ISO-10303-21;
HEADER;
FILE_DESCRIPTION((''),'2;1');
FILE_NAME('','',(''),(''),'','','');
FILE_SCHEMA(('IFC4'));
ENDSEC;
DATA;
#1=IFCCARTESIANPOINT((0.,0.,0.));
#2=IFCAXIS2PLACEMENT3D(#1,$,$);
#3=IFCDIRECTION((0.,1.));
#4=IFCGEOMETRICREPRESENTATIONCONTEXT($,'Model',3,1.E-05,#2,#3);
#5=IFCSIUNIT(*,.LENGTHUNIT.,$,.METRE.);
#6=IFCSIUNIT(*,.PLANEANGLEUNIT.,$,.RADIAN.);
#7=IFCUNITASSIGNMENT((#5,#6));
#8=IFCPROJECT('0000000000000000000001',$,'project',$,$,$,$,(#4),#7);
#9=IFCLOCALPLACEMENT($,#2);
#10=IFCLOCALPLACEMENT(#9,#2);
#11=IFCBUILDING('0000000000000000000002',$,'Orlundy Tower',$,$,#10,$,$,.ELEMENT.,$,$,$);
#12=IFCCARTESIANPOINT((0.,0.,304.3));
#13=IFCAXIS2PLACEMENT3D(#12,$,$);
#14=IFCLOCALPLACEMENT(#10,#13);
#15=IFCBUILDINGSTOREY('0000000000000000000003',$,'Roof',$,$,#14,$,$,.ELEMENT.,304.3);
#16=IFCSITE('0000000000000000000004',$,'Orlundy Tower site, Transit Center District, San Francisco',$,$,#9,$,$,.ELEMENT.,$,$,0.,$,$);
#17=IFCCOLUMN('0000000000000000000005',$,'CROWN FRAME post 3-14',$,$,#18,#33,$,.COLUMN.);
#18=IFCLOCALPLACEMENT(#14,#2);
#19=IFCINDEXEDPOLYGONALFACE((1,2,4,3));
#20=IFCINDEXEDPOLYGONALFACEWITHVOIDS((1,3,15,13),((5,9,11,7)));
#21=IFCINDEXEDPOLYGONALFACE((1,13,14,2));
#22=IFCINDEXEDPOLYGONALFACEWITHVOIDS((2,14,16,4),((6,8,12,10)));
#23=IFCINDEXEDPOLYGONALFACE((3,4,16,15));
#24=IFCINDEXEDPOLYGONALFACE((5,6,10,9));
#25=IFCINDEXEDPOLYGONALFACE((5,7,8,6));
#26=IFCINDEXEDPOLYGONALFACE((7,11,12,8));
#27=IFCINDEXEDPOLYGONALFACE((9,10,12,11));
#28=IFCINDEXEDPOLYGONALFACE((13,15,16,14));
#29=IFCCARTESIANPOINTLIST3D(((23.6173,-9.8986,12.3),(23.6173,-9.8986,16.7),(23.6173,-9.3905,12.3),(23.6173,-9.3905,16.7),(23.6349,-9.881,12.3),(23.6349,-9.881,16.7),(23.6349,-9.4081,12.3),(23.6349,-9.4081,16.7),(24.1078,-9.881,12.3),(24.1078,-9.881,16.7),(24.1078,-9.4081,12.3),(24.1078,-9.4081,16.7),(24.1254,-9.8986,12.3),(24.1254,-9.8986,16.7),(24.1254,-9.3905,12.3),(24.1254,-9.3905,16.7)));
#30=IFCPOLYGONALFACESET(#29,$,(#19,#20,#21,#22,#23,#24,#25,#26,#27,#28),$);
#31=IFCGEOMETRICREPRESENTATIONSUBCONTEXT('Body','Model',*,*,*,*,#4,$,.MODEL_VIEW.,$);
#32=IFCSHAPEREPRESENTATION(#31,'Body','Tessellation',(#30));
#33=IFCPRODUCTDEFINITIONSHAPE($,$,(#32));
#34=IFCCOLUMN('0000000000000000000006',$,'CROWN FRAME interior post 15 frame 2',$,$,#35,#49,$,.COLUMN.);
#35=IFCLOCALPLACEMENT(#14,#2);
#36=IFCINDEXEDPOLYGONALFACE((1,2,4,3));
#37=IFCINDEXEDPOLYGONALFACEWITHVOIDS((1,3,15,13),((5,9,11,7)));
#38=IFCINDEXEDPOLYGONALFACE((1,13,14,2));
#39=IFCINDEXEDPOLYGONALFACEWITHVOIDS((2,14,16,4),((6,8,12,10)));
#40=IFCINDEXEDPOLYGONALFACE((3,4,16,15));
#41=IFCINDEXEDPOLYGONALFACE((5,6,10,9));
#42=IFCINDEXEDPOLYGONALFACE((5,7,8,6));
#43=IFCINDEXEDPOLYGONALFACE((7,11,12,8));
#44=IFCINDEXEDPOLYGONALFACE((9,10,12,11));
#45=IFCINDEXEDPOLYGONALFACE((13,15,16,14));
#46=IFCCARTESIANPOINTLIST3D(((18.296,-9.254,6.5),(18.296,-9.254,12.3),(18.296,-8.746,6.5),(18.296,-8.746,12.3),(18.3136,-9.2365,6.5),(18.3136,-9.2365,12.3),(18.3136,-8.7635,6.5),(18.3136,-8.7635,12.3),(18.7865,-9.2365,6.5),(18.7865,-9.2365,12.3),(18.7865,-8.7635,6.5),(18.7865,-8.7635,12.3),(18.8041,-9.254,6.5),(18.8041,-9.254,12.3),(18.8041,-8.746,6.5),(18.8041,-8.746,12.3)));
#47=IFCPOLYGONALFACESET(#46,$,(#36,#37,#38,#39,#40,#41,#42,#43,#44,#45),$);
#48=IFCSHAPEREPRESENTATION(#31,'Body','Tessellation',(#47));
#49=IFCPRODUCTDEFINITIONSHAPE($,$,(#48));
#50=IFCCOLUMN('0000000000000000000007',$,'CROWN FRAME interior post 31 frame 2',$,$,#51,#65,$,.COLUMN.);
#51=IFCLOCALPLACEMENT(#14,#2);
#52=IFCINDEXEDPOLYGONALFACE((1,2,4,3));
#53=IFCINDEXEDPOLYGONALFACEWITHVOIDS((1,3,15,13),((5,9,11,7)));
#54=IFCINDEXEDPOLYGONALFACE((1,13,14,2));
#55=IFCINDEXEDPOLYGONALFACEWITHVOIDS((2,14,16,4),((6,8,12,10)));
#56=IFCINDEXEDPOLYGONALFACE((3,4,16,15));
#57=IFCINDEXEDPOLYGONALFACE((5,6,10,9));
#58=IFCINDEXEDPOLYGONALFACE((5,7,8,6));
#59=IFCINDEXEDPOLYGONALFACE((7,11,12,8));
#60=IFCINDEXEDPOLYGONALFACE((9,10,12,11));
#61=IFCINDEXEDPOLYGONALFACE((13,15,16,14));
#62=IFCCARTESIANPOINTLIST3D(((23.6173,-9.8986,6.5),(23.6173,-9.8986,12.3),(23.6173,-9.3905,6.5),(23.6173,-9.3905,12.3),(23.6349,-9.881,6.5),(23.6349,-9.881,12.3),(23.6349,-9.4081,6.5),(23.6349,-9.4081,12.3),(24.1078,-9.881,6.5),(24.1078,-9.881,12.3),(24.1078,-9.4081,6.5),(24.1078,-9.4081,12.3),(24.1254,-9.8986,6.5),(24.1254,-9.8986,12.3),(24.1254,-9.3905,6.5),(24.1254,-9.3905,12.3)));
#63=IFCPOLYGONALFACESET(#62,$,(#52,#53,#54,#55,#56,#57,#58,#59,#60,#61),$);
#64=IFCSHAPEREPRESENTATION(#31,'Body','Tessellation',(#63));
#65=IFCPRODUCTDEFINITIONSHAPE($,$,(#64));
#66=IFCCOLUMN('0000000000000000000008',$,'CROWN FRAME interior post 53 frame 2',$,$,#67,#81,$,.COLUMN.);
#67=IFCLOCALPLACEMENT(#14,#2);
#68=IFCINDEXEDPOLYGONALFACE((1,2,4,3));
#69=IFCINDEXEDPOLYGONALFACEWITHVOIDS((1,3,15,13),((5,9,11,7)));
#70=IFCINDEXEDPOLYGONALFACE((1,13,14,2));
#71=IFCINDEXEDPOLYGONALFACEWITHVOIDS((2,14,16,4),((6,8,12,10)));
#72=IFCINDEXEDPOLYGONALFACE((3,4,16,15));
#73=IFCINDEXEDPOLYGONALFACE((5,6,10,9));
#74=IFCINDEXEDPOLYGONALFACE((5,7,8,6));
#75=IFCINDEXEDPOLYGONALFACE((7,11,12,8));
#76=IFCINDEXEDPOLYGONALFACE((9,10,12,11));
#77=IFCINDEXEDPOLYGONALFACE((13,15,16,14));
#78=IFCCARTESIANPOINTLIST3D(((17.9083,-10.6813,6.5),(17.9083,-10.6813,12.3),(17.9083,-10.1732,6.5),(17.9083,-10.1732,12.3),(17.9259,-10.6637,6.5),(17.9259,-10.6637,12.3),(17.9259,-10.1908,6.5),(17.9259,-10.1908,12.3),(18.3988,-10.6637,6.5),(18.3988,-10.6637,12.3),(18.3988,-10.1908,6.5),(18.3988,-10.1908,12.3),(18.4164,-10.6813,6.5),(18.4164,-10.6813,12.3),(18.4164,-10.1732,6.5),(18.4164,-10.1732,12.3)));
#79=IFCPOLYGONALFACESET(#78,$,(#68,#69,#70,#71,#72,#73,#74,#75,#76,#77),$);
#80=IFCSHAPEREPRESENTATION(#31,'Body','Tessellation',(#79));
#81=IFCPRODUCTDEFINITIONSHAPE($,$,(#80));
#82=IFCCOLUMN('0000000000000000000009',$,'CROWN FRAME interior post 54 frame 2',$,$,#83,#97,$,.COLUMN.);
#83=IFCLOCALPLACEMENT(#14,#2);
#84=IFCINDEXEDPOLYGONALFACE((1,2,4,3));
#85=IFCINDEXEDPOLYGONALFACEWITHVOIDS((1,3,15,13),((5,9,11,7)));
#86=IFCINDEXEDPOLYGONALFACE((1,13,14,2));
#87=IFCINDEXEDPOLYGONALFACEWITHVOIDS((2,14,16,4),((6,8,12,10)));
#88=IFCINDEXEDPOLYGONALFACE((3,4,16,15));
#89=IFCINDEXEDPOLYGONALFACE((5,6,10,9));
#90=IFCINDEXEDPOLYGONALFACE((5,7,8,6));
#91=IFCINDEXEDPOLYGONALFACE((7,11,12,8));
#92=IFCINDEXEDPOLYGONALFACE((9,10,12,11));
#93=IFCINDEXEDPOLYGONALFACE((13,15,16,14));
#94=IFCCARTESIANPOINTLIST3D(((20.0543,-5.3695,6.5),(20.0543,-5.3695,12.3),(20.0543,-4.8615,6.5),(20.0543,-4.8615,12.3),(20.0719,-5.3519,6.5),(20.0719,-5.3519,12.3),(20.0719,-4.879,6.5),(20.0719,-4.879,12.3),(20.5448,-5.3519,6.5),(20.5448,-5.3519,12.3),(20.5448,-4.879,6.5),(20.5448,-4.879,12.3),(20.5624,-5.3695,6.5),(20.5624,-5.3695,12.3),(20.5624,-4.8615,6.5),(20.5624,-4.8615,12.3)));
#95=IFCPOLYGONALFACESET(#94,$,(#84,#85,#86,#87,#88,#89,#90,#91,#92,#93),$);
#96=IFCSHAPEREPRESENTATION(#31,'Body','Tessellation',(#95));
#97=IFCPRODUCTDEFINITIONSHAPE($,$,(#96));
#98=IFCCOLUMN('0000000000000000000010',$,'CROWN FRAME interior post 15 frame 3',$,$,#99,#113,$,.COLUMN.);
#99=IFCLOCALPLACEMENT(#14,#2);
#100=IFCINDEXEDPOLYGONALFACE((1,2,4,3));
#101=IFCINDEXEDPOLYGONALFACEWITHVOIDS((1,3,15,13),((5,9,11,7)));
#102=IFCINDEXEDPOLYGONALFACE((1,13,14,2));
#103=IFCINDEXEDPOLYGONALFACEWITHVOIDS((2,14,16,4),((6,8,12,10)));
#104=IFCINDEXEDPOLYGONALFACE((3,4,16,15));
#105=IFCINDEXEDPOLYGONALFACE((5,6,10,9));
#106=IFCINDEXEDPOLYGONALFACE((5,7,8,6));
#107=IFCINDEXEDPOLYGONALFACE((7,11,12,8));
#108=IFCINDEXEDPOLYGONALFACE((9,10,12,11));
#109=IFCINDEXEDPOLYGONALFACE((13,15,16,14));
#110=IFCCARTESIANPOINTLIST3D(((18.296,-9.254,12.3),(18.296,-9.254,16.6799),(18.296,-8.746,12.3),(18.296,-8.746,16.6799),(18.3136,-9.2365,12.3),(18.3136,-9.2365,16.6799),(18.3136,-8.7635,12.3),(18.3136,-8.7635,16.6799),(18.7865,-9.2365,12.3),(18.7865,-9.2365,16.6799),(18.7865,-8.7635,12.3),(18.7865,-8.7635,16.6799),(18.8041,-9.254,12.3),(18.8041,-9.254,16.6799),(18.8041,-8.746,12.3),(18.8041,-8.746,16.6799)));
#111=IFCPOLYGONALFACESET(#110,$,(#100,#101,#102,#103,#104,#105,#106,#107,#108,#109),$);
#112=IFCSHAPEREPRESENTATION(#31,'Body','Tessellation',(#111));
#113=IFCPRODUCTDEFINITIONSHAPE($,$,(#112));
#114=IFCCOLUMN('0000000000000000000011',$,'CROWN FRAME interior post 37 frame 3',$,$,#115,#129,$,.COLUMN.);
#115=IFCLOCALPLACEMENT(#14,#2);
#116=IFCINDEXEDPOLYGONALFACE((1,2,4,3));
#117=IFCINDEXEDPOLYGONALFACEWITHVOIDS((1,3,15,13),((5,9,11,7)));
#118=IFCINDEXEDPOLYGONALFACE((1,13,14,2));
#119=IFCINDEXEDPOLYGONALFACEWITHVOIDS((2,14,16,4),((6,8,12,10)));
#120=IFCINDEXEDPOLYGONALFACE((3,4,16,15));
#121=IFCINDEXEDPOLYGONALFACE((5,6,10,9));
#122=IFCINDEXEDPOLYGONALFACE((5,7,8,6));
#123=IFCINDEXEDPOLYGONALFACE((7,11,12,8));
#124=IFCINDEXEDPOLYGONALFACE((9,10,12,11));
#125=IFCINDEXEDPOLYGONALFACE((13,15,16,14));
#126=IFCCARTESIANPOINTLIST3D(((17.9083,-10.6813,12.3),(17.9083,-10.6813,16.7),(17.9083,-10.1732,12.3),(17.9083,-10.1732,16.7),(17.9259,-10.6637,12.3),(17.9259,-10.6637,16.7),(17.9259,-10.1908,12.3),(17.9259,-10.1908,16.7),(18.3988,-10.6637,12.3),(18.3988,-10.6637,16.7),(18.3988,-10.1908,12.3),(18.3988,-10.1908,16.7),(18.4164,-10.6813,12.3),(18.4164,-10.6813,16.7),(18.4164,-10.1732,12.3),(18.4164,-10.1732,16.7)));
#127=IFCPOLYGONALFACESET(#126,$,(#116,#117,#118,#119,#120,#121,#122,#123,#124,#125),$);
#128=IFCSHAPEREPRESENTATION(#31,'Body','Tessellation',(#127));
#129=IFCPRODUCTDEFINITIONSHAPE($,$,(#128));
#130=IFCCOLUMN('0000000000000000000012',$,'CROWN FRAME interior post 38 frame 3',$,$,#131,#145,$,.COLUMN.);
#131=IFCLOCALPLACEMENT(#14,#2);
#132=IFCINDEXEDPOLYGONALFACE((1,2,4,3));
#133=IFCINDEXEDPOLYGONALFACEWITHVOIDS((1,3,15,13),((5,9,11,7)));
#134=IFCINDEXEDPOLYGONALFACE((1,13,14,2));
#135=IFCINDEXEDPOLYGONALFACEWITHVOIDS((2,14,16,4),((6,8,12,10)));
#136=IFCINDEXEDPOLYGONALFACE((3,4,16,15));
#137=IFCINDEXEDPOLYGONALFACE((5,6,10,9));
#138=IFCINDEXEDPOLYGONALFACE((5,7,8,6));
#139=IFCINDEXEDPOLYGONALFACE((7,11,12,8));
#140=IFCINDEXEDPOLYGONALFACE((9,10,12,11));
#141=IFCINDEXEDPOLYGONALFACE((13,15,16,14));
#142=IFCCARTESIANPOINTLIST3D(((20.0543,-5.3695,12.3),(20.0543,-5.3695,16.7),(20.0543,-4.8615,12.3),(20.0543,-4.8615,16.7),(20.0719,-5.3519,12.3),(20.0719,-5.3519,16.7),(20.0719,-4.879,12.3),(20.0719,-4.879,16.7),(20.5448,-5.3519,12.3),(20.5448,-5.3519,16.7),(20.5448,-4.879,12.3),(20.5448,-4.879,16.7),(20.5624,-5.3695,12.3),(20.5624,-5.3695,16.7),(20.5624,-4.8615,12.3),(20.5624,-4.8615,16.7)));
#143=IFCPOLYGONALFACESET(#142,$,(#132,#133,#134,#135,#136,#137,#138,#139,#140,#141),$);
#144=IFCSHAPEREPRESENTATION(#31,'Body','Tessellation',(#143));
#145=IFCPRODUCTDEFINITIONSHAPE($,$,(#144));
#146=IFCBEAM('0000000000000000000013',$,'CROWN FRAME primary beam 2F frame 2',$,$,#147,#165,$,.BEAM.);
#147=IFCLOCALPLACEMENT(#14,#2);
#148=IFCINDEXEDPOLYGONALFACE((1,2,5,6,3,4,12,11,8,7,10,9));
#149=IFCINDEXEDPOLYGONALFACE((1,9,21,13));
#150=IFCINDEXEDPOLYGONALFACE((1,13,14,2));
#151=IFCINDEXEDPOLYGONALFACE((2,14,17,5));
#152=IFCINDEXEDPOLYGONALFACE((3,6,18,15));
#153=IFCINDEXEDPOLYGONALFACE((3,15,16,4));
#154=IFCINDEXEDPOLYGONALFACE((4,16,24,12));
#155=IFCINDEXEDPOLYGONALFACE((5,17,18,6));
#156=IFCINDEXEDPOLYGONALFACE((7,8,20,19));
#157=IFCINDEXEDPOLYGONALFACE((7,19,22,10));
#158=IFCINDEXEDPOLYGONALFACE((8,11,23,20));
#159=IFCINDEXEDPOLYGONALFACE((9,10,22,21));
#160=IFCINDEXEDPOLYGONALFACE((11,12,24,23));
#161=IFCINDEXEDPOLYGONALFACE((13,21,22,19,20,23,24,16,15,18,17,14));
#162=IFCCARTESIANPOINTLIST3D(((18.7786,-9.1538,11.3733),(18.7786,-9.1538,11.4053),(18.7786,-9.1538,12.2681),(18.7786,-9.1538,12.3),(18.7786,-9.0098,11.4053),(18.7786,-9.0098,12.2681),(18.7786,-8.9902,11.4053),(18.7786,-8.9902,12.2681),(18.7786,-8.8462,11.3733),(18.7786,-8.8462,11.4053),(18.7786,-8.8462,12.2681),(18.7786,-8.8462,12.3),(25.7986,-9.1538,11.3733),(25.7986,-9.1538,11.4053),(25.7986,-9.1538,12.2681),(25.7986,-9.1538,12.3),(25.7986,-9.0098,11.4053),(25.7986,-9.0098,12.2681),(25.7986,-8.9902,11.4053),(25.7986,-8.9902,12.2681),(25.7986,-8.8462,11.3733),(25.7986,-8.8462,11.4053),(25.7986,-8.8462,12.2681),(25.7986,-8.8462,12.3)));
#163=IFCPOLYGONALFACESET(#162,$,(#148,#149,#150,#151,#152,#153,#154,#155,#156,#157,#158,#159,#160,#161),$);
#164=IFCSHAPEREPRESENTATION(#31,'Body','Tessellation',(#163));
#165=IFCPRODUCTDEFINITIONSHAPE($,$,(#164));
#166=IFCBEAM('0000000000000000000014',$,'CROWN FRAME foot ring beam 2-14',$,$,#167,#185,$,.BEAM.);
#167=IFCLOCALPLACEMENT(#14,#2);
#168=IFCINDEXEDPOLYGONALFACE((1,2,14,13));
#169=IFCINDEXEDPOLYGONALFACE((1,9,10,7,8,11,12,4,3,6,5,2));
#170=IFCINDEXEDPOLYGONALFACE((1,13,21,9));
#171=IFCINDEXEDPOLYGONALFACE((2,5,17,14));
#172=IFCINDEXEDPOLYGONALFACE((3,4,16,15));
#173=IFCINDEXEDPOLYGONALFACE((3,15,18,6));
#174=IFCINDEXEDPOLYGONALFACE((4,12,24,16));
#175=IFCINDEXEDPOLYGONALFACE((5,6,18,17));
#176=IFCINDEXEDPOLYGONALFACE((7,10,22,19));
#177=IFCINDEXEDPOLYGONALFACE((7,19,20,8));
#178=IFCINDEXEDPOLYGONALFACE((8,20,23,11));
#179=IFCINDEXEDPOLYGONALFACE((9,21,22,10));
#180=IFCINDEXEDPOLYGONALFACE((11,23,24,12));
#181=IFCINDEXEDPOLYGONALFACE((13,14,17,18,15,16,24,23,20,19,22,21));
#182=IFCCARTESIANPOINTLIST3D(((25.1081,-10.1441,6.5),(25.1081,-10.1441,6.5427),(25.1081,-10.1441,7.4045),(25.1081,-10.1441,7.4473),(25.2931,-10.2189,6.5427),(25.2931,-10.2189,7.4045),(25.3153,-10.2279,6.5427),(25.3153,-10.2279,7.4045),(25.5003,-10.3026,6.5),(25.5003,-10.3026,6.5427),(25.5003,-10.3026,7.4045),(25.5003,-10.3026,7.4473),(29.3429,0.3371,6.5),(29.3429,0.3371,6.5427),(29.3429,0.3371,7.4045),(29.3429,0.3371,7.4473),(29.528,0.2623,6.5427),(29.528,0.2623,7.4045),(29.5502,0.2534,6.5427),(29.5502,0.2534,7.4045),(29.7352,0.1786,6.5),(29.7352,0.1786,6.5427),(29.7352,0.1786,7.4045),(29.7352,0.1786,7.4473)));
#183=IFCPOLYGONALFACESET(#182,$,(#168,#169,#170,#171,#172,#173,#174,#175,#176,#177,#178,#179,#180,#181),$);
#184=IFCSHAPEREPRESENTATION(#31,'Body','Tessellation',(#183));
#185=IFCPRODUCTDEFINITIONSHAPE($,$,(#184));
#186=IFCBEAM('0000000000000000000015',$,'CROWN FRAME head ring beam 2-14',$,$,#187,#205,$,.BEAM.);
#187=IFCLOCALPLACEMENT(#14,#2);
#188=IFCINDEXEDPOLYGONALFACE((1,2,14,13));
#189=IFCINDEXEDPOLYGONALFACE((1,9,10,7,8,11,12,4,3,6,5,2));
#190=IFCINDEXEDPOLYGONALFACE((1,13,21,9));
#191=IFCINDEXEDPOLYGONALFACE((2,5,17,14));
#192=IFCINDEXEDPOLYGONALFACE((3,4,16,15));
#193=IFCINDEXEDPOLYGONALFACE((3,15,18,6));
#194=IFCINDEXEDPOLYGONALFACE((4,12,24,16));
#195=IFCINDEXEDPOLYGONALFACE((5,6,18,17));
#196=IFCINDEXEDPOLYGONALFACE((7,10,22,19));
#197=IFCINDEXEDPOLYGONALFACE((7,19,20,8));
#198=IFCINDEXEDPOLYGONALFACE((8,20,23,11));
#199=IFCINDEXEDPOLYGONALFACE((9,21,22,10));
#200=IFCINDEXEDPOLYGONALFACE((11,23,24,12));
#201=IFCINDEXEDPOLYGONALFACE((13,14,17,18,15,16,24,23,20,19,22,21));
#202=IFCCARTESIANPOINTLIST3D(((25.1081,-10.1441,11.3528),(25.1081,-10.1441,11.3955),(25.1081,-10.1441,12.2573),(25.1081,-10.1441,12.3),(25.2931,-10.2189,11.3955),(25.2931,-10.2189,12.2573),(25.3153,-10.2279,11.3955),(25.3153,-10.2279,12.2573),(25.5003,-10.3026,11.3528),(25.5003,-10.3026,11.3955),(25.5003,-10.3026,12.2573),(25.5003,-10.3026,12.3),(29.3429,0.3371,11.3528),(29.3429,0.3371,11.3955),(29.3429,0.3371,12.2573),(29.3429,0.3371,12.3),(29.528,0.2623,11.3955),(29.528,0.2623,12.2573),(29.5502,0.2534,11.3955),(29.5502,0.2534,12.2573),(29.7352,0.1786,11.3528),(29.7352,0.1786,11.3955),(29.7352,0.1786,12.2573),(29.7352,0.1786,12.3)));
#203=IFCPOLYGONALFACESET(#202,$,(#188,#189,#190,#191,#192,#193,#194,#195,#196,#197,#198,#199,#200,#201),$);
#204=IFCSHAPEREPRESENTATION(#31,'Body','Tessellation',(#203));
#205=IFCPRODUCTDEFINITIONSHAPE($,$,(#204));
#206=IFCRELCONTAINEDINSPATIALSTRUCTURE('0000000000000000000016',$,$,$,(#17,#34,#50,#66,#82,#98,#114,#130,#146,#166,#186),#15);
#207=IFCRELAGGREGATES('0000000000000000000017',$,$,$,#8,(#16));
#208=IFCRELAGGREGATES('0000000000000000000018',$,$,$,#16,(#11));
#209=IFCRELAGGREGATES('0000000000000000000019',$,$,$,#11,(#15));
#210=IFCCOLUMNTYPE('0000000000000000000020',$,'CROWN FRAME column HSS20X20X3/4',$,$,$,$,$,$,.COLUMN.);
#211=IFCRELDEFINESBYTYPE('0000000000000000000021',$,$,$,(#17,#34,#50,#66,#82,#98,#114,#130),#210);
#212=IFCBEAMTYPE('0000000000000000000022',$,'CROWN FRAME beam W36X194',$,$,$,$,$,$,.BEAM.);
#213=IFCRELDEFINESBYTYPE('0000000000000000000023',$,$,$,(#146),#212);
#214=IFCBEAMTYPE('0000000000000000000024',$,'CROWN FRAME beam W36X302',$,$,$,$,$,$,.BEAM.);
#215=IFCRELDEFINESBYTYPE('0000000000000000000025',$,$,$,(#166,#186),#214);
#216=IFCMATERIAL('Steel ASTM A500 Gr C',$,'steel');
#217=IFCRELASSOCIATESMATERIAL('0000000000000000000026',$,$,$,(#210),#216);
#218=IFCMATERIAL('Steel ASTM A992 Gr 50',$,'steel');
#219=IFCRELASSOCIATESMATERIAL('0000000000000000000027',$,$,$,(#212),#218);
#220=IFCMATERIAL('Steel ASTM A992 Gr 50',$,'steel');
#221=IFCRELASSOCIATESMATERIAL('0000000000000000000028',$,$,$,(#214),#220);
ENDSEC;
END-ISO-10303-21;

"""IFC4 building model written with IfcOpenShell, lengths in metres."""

from ifc_helpers import new_model, si_unit, direction, frame, origin, origin_2d, place, context, subcontext, project, spatial, hollow_rectangle, i_section, extrude, material, material_profile, profile_set, type_object, element, save


model = new_model("IFC4")

# Units and contexts
model_context = context("Model", 3, precision=1e-05, world=origin(), true_north=direction((0.0, 1.0)))
body_context = subcontext(model_context, "Body", "Model", "MODEL_VIEW")
ifc_project = project(units=[si_unit("LENGTHUNIT", "METRE"), si_unit("PLANEANGLEUNIT", "RADIAN")], contexts=[model_context])

# Site, building, storey
site_placement = place(None, origin())
site = spatial("IfcSite", under=ifc_project, at=site_placement, Name="Orlundy Tower site, Transit Center District, San Francisco", CompositionType="ELEMENT", RefElevation=0.0)
building_placement = place(site_placement, origin())
building = spatial("IfcBuilding", under=site, at=building_placement, Name="Orlundy Tower", CompositionType="ELEMENT")
storey_placement = place(building_placement, frame((0.0, 0.0, 304.3)))
storey = spatial("IfcBuildingStorey", under=building, at=storey_placement, Name="Roof", CompositionType="ELEMENT", Elevation=304.3)

# Columns
ifc_material_1 = material(Name="Steel ASTM A500 Gr C", Category="steel")
ifc_material_profile_1 = material_profile(ifc_material_1, hollow_rectangle(XDim=0.5081, YDim=0.5081, WallThickness=0.0176, at=origin_2d()), Name="HSS20X20X3/4")
ifc_profile_set_1 = profile_set([ifc_material_profile_1], Name="Steel ASTM A500 Gr C")
column_type = type_object("IfcColumnType", Name="CROWN FRAME column HSS20X20X3/4", PredefinedType="COLUMN", material=ifc_profile_set_1)
column_1_placement = place(storey_placement, frame((23.8713, -9.6445, 12.3), z_axis=(0.0, 0.0, 1.0), x_axis=(1.0, 0.0, 0.0)))
element("IfcColumn", 1, at=column_1_placement, inside=storey, type_object=column_type, Name="CROWN FRAME post 3-14", PredefinedType="COLUMN", context=body_context, shape_type="SweptSolid", body=[
    extrude(hollow_rectangle(XDim=0.5081, YDim=0.5081, WallThickness=0.0176, at=origin_2d()), origin(), (0.0, 0.0, 1.0), 4.3999),
])
for number, where, z_axis, x_axis, name in (
    (2, (18.55, -9.0, 6.5), (0.0, 0.0, 1.0), (1.0, 0.0, 0.0), "CROWN FRAME interior post 15 frame 2"),
    (3, (23.8713, -9.6445, 6.5), (0.0, 0.0, 1.0), (1.0, 0.0, 0.0), "CROWN FRAME interior post 31 frame 2"),
    (4, (18.1624, -10.4272, 6.5), (0.0, 0.0, 1.0), (1.0, 0.0, 0.0), "CROWN FRAME interior post 53 frame 2"),
    (5, (20.3083, -5.1155, 6.5), (0.0, 0.0, 1.0), (1.0, 0.0, 0.0), "CROWN FRAME interior post 54 frame 2"),
):
    element("IfcColumn", number, at=place(storey_placement, frame(where, z_axis=z_axis, x_axis=x_axis)), inside=storey, type_object=column_type, Name=name, PredefinedType="COLUMN", context=body_context, shape_type="SweptSolid", body=[
        extrude(hollow_rectangle(XDim=0.5081, YDim=0.5081, WallThickness=0.0176, at=origin_2d()), origin(), (0.0, 0.0, 1.0), 5.8),
    ])
column_2_placement = place(storey_placement, frame((18.55, -9.0, 12.3), z_axis=(0.0, 0.0, 1.0), x_axis=(1.0, 0.0, 0.0)))
element("IfcColumn", 6, at=column_2_placement, inside=storey, type_object=column_type, Name="CROWN FRAME interior post 15 frame 3", PredefinedType="COLUMN", context=body_context, shape_type="SweptSolid", body=[
    extrude(hollow_rectangle(XDim=0.5081, YDim=0.5081, WallThickness=0.0176, at=origin_2d()), origin(), (0.0, 0.0, 1.0), 4.3799),
])
for number, where, z_axis, x_axis, name in (
    (7, (18.1624, -10.4272, 12.3), (0.0, 0.0, 1.0), (1.0, 0.0, 0.0), "CROWN FRAME interior post 37 frame 3"),
    (8, (20.3083, -5.1155, 12.3), (0.0, 0.0, 1.0), (1.0, 0.0, 0.0), "CROWN FRAME interior post 38 frame 3"),
):
    element("IfcColumn", number, at=place(storey_placement, frame(where, z_axis=z_axis, x_axis=x_axis)), inside=storey, type_object=column_type, Name=name, PredefinedType="COLUMN", context=body_context, shape_type="SweptSolid", body=[
        extrude(hollow_rectangle(XDim=0.5081, YDim=0.5081, WallThickness=0.0176, at=origin_2d()), origin(), (0.0, 0.0, 1.0), 4.3999),
    ])

# Beams
ifc_material_2 = material(Name="Steel ASTM A992 Gr 50", Category="steel")
ifc_material_profile_2 = material_profile(ifc_material_2, i_section(OverallWidth=0.3076, OverallDepth=0.9268, WebThickness=0.0195, FlangeThickness=0.032, at=origin_2d()), Name="W36X194")
ifc_profile_set_2 = profile_set([ifc_material_profile_2], Name="Steel ASTM A992 Gr 50")
beam_type_1 = type_object("IfcBeamType", Name="CROWN FRAME beam W36X194", PredefinedType="BEAM", material=ifc_profile_set_2)
beam_placement = place(storey_placement, frame((18.7786, -9.0, 11.8367), z_axis=(1.0, 0.0, 0.0), x_axis=(0.0, 1.0, 0.0)))
element("IfcBeam", 9, at=beam_placement, inside=storey, type_object=beam_type_1, Name="CROWN FRAME primary beam 2F frame 2", PredefinedType="BEAM", context=body_context, shape_type="SweptSolid", body=[
    extrude(i_section(OverallWidth=0.3076, OverallDepth=0.9268, WebThickness=0.0195, FlangeThickness=0.032, at=origin_2d()), origin(), (0.0, 0.0, 1.0), 7.02),
])
ifc_material_3 = material(Name="Steel ASTM A992 Gr 50", Category="steel")
ifc_material_profile_3 = material_profile(ifc_material_3, i_section(OverallWidth=0.4231, OverallDepth=0.9473, WebThickness=0.0239, FlangeThickness=0.0427, at=origin_2d()), Name="W36X302")
ifc_profile_set_3 = profile_set([ifc_material_profile_3], Name="Steel ASTM A992 Gr 50")
beam_type_2 = type_object("IfcBeamType", Name="CROWN FRAME beam W36X302", PredefinedType="BEAM", material=ifc_profile_set_3)
for number, where, z_axis, x_axis, name in (
    (10, (25.3042, -10.2234, 6.9736), (0.374621, 0.927178, 0.0), (-0.927178, 0.374621, 0.0), "CROWN FRAME foot ring beam 2-14"),
    (11, (25.3042, -10.2234, 11.8264), (0.374621, 0.927178, 0.0), (-0.927178, 0.374621, 0.0), "CROWN FRAME head ring beam 2-14"),
):
    element("IfcBeam", number, at=place(storey_placement, frame(where, z_axis=z_axis, x_axis=x_axis)), inside=storey, type_object=beam_type_2, Name=name, PredefinedType="BEAM", context=body_context, shape_type="SweptSolid", body=[
        extrude(i_section(OverallWidth=0.4231, OverallDepth=0.9473, WebThickness=0.0239, FlangeThickness=0.0427, at=origin_2d()), origin(), (0.0, 0.0, 1.0), 11.3044),
    ])

save(model, "model.ifc")
